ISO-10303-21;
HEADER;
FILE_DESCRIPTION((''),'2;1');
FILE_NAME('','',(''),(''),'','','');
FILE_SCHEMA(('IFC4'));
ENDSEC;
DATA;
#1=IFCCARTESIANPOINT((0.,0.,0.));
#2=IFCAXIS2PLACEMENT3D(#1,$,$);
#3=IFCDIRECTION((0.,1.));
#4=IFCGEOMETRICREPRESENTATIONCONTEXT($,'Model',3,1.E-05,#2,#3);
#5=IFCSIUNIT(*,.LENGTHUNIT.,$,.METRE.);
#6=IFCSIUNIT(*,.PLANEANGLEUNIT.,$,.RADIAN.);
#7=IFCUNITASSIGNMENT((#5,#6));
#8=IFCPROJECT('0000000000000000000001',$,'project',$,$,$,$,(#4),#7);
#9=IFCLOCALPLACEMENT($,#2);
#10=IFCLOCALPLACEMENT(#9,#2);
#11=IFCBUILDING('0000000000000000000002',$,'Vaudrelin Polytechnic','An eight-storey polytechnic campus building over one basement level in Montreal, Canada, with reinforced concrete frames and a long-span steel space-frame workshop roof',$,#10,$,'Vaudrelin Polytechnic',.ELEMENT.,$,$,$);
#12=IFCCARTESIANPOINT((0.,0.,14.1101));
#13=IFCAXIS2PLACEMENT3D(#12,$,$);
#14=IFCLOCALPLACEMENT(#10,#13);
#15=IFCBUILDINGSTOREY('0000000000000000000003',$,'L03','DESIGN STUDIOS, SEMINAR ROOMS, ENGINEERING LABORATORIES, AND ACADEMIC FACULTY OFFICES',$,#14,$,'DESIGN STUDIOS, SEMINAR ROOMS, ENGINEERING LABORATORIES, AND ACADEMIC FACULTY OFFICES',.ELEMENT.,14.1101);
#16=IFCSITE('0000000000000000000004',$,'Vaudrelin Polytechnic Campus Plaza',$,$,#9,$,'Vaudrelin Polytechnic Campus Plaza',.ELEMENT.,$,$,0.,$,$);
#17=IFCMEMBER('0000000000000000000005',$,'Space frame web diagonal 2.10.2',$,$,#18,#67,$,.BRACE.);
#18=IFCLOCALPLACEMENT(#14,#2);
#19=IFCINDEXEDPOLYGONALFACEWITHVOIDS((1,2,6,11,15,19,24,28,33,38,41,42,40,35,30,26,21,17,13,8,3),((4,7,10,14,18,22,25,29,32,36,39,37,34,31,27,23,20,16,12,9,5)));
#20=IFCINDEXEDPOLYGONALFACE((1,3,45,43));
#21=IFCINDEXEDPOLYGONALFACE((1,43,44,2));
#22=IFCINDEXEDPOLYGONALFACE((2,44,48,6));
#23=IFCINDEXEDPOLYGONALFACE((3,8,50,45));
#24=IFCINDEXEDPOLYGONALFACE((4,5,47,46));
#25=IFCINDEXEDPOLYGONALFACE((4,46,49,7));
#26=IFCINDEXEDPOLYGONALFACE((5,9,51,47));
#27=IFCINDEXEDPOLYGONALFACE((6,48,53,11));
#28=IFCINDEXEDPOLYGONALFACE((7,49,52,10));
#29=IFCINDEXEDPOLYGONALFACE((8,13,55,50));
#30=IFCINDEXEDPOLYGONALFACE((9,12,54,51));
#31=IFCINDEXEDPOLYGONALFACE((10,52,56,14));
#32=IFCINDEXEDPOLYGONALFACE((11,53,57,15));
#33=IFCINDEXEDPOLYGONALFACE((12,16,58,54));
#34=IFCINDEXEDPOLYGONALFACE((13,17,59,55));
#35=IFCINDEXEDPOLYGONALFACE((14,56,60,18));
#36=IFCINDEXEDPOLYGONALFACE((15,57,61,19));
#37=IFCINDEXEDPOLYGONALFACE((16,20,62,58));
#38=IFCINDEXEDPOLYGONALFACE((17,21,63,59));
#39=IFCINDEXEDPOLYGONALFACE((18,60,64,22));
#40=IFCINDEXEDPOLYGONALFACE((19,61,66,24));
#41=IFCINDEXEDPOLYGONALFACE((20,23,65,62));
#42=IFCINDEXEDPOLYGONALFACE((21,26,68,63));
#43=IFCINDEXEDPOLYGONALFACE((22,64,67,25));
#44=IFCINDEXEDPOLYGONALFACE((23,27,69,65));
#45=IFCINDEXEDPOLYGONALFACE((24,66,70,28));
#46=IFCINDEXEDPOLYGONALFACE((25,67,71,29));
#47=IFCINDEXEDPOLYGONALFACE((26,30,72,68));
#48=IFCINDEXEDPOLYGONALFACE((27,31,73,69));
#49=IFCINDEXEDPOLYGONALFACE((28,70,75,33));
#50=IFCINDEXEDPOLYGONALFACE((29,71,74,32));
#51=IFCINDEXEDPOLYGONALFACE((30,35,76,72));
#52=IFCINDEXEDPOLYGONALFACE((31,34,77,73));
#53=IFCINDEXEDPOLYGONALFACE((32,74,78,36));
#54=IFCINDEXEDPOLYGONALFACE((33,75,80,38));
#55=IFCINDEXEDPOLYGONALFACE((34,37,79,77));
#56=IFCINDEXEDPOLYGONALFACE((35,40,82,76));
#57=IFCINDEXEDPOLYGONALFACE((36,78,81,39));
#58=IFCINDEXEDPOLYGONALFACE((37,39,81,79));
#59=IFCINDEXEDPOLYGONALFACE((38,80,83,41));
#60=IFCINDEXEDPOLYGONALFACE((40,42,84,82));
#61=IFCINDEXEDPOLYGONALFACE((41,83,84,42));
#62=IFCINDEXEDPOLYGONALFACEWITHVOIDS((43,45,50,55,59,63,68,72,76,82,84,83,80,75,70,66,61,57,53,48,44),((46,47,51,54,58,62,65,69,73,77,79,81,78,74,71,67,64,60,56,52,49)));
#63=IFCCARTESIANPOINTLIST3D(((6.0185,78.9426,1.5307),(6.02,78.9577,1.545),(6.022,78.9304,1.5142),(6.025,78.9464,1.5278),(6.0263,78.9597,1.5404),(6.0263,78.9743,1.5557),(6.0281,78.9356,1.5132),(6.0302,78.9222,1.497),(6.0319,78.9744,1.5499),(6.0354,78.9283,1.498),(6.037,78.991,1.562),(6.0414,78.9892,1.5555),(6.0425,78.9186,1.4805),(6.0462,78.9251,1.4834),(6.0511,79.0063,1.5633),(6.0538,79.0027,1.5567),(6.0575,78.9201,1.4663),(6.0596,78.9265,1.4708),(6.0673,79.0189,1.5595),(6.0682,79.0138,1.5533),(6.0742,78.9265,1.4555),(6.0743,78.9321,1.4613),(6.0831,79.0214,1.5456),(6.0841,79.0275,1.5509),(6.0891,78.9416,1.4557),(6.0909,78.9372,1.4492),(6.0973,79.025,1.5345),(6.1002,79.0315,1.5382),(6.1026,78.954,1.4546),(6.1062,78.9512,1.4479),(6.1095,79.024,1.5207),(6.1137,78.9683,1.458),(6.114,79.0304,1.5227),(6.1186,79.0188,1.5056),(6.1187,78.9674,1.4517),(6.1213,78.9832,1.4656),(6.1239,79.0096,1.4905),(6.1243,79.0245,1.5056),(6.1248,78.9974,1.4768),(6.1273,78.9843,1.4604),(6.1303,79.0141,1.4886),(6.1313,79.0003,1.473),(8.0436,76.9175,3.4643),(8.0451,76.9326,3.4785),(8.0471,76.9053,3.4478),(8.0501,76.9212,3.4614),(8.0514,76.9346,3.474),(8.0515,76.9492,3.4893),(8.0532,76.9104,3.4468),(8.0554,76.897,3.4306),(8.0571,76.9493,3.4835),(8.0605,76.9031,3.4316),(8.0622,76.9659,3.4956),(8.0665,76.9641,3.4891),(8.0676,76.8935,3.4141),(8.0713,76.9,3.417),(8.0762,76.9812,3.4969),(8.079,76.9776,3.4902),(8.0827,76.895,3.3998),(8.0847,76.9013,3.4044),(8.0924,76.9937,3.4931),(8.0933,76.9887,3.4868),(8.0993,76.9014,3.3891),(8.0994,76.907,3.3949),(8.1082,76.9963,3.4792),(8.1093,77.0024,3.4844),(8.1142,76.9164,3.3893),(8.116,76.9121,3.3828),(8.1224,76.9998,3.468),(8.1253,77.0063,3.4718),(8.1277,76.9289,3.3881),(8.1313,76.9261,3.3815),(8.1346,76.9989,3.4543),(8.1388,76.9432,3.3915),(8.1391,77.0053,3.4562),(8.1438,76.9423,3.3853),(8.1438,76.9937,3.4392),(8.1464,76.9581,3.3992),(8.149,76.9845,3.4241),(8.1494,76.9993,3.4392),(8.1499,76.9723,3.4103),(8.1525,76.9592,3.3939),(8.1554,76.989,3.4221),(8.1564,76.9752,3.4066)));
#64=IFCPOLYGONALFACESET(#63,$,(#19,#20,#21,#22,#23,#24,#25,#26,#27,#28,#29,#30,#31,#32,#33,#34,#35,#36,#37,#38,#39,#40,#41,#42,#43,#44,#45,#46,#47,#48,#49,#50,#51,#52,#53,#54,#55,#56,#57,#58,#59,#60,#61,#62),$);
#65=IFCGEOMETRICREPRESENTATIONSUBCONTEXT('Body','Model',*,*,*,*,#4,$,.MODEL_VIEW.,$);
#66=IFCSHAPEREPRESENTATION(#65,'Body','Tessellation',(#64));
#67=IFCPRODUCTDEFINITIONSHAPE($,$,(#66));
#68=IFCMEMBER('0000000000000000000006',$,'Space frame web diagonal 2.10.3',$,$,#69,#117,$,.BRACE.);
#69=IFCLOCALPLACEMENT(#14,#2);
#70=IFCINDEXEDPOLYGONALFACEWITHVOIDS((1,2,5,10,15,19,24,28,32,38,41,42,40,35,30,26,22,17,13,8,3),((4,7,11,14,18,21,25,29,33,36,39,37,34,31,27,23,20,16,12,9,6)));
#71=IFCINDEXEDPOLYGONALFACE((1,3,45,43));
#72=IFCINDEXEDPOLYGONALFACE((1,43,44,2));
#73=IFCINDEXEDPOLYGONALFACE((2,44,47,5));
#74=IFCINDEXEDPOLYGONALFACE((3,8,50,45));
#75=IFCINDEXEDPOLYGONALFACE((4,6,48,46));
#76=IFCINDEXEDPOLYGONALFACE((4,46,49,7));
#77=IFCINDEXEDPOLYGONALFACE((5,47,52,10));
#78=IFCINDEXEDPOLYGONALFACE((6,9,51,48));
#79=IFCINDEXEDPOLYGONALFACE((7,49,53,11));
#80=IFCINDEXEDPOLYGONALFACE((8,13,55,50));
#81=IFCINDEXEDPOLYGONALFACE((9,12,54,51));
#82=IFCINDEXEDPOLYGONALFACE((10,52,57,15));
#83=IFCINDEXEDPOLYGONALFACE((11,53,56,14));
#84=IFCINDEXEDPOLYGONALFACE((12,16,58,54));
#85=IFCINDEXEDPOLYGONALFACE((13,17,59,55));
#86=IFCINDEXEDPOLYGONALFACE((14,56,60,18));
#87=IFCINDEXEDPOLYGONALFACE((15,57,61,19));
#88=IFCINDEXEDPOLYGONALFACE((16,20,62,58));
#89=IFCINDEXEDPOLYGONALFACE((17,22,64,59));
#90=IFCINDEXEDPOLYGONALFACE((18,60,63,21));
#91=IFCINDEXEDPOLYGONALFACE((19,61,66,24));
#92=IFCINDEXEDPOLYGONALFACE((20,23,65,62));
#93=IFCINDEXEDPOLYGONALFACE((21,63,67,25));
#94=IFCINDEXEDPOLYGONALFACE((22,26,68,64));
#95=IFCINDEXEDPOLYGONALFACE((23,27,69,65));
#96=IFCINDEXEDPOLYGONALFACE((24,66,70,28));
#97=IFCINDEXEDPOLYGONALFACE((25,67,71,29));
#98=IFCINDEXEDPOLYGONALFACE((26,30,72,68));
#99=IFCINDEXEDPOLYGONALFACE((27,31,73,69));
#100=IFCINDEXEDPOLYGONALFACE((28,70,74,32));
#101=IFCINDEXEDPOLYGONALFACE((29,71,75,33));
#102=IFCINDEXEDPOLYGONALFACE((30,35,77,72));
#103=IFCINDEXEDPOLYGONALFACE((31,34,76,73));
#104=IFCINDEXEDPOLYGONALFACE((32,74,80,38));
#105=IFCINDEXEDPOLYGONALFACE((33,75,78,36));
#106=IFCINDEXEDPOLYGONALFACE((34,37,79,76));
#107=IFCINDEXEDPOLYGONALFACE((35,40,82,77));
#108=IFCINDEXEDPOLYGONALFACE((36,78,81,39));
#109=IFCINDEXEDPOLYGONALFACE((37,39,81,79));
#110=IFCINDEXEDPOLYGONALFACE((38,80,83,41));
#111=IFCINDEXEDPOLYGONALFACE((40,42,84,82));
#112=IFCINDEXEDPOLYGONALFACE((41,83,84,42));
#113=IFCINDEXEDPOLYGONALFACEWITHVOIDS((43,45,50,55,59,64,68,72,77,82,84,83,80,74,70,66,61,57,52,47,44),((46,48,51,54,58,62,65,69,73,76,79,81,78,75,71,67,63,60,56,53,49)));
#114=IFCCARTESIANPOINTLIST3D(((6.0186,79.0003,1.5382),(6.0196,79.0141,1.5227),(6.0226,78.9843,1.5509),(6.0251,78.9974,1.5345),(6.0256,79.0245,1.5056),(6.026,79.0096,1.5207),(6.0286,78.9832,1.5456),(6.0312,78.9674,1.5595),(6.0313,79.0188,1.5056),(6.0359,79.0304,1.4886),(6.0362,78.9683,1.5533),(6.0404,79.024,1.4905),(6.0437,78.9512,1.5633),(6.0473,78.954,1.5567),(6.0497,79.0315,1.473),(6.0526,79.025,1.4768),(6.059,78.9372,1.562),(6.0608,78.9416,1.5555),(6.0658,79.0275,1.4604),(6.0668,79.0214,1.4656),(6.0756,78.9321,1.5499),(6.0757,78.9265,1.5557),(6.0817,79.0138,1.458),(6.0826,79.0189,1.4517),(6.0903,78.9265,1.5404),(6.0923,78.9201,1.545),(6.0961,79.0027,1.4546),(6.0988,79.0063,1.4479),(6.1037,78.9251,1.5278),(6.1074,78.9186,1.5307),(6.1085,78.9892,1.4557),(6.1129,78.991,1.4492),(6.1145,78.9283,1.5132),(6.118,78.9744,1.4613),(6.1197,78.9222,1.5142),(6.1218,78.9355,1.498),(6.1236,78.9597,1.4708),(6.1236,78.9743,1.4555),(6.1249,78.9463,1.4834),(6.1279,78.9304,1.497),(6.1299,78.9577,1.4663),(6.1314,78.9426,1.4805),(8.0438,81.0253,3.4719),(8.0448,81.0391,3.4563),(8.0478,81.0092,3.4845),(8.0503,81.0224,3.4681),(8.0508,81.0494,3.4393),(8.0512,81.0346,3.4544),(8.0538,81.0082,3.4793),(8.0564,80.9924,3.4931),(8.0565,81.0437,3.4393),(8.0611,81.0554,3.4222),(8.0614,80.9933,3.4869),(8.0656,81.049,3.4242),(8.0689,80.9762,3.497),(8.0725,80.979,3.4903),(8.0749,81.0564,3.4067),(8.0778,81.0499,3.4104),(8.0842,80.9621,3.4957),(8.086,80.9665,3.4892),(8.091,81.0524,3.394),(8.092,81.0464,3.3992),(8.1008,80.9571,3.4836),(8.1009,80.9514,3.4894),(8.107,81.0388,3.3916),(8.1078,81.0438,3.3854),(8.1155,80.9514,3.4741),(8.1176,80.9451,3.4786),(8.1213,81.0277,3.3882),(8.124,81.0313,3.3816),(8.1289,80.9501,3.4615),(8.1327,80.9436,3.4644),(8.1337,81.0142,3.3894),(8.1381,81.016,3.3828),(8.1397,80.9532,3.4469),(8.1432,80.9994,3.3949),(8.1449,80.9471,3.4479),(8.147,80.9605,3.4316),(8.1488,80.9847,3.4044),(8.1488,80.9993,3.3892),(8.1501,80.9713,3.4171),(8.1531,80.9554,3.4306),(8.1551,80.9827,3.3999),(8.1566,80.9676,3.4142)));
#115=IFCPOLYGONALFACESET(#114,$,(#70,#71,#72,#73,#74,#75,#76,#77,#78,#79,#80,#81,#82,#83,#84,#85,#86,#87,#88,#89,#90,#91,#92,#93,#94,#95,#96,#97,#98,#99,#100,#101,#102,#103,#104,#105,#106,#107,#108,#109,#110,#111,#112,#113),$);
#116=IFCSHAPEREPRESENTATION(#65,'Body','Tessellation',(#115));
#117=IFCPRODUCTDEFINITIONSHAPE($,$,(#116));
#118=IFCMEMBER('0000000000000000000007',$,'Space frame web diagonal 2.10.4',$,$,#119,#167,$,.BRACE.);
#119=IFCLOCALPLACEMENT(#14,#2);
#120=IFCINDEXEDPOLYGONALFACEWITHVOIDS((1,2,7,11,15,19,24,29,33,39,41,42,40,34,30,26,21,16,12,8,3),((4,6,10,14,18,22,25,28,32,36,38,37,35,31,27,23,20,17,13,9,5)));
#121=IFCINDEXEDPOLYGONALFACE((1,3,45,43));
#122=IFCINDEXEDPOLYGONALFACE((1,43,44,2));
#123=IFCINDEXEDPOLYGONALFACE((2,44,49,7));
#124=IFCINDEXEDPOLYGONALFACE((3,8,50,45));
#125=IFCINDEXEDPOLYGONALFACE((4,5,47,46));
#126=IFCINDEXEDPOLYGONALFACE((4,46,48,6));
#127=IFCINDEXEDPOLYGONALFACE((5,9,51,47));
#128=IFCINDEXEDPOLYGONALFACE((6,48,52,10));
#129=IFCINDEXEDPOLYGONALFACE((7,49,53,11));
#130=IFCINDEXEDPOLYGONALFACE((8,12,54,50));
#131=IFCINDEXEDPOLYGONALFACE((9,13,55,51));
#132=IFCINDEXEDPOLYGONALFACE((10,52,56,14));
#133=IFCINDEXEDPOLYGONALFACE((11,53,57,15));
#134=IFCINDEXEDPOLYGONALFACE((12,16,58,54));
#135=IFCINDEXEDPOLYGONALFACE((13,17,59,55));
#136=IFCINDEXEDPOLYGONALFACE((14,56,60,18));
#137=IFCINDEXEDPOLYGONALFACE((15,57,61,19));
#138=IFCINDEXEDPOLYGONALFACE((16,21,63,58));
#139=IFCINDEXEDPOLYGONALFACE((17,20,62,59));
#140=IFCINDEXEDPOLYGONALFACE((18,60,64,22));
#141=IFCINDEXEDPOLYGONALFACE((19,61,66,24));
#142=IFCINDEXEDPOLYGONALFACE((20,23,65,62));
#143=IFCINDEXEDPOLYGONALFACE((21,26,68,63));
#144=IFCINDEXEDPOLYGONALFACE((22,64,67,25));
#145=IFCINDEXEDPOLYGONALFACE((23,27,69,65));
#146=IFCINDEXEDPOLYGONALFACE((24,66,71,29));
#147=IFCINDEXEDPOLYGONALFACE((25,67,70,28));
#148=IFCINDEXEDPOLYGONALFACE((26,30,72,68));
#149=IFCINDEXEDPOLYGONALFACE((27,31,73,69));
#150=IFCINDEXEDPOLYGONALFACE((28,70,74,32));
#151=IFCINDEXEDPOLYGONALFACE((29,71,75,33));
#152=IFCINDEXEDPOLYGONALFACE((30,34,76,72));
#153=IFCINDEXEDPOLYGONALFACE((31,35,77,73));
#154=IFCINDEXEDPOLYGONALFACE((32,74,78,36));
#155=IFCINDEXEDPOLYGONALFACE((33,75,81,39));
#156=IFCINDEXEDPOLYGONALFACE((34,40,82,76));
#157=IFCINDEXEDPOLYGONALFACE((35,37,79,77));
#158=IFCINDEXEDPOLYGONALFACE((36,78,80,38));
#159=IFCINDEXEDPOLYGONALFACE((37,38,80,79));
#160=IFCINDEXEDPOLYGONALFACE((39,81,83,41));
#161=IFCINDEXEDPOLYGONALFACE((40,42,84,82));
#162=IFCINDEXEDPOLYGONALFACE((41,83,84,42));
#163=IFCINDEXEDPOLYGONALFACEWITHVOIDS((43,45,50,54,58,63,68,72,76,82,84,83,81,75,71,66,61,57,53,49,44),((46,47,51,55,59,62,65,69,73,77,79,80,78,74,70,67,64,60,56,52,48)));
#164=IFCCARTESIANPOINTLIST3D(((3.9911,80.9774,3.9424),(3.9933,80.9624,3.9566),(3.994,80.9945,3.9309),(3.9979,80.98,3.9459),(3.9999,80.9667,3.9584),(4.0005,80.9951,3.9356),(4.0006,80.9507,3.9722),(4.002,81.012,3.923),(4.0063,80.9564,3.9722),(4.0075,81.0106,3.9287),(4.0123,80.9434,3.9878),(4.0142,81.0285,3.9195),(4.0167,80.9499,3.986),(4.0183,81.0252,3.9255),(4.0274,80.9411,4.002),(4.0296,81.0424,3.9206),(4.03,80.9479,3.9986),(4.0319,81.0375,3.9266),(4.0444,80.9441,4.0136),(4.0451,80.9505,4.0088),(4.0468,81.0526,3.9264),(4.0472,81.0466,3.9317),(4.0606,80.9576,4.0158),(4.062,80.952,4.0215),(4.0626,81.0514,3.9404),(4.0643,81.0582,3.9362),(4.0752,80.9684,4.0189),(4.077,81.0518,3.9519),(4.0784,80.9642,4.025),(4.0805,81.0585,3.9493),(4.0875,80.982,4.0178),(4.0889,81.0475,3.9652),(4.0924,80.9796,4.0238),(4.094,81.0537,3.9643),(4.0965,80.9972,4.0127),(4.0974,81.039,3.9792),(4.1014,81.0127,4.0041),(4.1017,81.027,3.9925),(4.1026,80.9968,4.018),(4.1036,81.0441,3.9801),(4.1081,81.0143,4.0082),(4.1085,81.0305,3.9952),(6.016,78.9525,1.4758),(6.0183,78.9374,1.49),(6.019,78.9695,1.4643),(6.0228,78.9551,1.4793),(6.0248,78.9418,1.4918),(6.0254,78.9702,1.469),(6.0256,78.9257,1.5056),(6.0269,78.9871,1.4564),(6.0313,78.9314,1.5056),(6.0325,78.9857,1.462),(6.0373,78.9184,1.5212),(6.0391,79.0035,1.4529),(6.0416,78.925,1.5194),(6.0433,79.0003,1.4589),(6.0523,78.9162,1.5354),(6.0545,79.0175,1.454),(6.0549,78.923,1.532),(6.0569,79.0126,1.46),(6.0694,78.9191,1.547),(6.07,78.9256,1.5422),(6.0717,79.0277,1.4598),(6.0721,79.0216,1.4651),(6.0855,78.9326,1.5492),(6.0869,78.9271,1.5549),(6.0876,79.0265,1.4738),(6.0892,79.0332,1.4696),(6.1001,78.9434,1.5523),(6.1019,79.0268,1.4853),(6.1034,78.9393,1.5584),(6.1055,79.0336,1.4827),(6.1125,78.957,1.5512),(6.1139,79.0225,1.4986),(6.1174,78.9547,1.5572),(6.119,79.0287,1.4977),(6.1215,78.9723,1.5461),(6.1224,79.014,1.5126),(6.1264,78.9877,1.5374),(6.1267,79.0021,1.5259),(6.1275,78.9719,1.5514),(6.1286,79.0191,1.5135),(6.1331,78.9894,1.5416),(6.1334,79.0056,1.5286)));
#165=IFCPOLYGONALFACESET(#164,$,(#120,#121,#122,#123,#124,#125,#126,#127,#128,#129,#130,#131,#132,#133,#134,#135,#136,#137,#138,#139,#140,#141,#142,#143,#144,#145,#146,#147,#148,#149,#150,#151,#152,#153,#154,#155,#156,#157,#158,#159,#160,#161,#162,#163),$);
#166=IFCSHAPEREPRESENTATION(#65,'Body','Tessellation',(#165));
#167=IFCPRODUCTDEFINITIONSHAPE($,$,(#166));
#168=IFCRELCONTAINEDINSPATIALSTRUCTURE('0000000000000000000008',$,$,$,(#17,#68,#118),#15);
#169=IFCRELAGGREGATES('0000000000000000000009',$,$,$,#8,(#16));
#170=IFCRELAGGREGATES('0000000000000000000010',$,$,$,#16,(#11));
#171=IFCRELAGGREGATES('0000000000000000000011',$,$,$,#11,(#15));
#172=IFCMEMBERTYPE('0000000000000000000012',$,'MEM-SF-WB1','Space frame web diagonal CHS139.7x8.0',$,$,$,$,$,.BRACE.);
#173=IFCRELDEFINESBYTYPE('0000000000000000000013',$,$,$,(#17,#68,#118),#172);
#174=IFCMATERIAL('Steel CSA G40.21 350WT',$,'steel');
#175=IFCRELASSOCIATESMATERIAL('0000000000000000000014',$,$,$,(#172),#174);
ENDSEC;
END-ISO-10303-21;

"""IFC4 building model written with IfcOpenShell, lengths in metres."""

from ifc_helpers import new_model, si_unit, direction, frame, origin, origin_2d, place, context, subcontext, project, spatial, hollow_circle, extrude, material, material_profile, profile_set, type_object, element, save


model = new_model("IFC4")

# Units and contexts
model_context = context("Model", 3, precision=1e-05, world=origin(), true_north=direction((0.0, 1.0)))
body_context = subcontext(model_context, "Body", "Model", "MODEL_VIEW")
ifc_project = project(units=[si_unit("LENGTHUNIT", "METRE"), si_unit("PLANEANGLEUNIT", "RADIAN")], contexts=[model_context])

# Site, building, storey
site_placement = place(None, origin())
site = spatial("IfcSite", under=ifc_project, at=site_placement, Name="Vaudrelin Polytechnic Campus Plaza", LongName="Vaudrelin Polytechnic Campus Plaza", CompositionType="ELEMENT", RefElevation=0.0)
building_placement = place(site_placement, origin())
building = spatial("IfcBuilding", under=site, at=building_placement, Name="Vaudrelin Polytechnic", Description="An eight-storey polytechnic campus building over one basement level in Montreal, Canada, with reinforced concrete frames and a long-span steel space-frame workshop roof", LongName="Vaudrelin Polytechnic", CompositionType="ELEMENT")
storey_placement = place(building_placement, frame((0.0, 0.0, 14.1101)))
storey = spatial("IfcBuildingStorey", under=building, at=storey_placement, Name="L03", Description="DESIGN STUDIOS, SEMINAR ROOMS, ENGINEERING LABORATORIES, AND ACADEMIC FACULTY OFFICES", LongName="DESIGN STUDIOS, SEMINAR ROOMS, ENGINEERING LABORATORIES, AND ACADEMIC FACULTY OFFICES", CompositionType="ELEMENT", Elevation=14.1101)

# Members
ifc_material_1 = material(Name="Steel CSA G40.21 350WT", Category="steel")
ifc_material_profile_1 = material_profile(ifc_material_1, hollow_circle(Radius=0.0698, WallThickness=0.0081, at=origin_2d()), Name="CHS139.7x8.0")
ifc_profile_set_1 = profile_set([ifc_material_profile_1], Name="Steel CSA G40.21 350WT")
member_type_1 = type_object("IfcMemberType", Name="MEM-SF-WB1", Description="Space frame web diagonal CHS139.7x8.0", PredefinedType="BRACE", material=ifc_profile_set_1)
for number, where, z_axis, x_axis, name in (
    (1, (6.075, 78.9751, 1.5056), (0.586046, -0.586046, 0.559553), (0.707107, 0.707107, 0.0), "Space frame web diagonal 2.10.2"),
    (2, (6.075, 78.9751, 1.5056), (0.586071, 0.586, 0.559576), (-0.707064, 0.707149, 0.0), "Space frame web diagonal 2.10.3"),
):
    element("IfcMember", number, at=place(storey_placement, frame(where, z_axis=z_axis, x_axis=x_axis)), inside=storey, type_object=member_type_1, Name=name, PredefinedType="BRACE", context=body_context, shape_type="SweptSolid", body=[
        extrude(hollow_circle(Radius=0.0698, WallThickness=0.0081, at=origin_2d()), origin(), (0.0, 0.0, 1.0), 3.4556),
    ])
for number, where, z_axis, x_axis, name in (
    (3, (6.075, 78.9751, 1.5056), (-0.535765, 0.535765, 0.65262), (-0.707107, -0.707107, 0.0), "Space frame web diagonal 2.10.4"),
):
    element("IfcMember", number, at=place(storey_placement, frame(where, z_axis=z_axis, x_axis=x_axis)), inside=storey, type_object=member_type_1, Name=name, PredefinedType="BRACE", context=body_context, shape_type="SweptSolid", body=[
        extrude(hollow_circle(Radius=0.0698, WallThickness=0.0081, at=origin_2d()), origin(), (0.0, 0.0, 1.0), 3.7795),
    ])

save(model, "model.ifc")
